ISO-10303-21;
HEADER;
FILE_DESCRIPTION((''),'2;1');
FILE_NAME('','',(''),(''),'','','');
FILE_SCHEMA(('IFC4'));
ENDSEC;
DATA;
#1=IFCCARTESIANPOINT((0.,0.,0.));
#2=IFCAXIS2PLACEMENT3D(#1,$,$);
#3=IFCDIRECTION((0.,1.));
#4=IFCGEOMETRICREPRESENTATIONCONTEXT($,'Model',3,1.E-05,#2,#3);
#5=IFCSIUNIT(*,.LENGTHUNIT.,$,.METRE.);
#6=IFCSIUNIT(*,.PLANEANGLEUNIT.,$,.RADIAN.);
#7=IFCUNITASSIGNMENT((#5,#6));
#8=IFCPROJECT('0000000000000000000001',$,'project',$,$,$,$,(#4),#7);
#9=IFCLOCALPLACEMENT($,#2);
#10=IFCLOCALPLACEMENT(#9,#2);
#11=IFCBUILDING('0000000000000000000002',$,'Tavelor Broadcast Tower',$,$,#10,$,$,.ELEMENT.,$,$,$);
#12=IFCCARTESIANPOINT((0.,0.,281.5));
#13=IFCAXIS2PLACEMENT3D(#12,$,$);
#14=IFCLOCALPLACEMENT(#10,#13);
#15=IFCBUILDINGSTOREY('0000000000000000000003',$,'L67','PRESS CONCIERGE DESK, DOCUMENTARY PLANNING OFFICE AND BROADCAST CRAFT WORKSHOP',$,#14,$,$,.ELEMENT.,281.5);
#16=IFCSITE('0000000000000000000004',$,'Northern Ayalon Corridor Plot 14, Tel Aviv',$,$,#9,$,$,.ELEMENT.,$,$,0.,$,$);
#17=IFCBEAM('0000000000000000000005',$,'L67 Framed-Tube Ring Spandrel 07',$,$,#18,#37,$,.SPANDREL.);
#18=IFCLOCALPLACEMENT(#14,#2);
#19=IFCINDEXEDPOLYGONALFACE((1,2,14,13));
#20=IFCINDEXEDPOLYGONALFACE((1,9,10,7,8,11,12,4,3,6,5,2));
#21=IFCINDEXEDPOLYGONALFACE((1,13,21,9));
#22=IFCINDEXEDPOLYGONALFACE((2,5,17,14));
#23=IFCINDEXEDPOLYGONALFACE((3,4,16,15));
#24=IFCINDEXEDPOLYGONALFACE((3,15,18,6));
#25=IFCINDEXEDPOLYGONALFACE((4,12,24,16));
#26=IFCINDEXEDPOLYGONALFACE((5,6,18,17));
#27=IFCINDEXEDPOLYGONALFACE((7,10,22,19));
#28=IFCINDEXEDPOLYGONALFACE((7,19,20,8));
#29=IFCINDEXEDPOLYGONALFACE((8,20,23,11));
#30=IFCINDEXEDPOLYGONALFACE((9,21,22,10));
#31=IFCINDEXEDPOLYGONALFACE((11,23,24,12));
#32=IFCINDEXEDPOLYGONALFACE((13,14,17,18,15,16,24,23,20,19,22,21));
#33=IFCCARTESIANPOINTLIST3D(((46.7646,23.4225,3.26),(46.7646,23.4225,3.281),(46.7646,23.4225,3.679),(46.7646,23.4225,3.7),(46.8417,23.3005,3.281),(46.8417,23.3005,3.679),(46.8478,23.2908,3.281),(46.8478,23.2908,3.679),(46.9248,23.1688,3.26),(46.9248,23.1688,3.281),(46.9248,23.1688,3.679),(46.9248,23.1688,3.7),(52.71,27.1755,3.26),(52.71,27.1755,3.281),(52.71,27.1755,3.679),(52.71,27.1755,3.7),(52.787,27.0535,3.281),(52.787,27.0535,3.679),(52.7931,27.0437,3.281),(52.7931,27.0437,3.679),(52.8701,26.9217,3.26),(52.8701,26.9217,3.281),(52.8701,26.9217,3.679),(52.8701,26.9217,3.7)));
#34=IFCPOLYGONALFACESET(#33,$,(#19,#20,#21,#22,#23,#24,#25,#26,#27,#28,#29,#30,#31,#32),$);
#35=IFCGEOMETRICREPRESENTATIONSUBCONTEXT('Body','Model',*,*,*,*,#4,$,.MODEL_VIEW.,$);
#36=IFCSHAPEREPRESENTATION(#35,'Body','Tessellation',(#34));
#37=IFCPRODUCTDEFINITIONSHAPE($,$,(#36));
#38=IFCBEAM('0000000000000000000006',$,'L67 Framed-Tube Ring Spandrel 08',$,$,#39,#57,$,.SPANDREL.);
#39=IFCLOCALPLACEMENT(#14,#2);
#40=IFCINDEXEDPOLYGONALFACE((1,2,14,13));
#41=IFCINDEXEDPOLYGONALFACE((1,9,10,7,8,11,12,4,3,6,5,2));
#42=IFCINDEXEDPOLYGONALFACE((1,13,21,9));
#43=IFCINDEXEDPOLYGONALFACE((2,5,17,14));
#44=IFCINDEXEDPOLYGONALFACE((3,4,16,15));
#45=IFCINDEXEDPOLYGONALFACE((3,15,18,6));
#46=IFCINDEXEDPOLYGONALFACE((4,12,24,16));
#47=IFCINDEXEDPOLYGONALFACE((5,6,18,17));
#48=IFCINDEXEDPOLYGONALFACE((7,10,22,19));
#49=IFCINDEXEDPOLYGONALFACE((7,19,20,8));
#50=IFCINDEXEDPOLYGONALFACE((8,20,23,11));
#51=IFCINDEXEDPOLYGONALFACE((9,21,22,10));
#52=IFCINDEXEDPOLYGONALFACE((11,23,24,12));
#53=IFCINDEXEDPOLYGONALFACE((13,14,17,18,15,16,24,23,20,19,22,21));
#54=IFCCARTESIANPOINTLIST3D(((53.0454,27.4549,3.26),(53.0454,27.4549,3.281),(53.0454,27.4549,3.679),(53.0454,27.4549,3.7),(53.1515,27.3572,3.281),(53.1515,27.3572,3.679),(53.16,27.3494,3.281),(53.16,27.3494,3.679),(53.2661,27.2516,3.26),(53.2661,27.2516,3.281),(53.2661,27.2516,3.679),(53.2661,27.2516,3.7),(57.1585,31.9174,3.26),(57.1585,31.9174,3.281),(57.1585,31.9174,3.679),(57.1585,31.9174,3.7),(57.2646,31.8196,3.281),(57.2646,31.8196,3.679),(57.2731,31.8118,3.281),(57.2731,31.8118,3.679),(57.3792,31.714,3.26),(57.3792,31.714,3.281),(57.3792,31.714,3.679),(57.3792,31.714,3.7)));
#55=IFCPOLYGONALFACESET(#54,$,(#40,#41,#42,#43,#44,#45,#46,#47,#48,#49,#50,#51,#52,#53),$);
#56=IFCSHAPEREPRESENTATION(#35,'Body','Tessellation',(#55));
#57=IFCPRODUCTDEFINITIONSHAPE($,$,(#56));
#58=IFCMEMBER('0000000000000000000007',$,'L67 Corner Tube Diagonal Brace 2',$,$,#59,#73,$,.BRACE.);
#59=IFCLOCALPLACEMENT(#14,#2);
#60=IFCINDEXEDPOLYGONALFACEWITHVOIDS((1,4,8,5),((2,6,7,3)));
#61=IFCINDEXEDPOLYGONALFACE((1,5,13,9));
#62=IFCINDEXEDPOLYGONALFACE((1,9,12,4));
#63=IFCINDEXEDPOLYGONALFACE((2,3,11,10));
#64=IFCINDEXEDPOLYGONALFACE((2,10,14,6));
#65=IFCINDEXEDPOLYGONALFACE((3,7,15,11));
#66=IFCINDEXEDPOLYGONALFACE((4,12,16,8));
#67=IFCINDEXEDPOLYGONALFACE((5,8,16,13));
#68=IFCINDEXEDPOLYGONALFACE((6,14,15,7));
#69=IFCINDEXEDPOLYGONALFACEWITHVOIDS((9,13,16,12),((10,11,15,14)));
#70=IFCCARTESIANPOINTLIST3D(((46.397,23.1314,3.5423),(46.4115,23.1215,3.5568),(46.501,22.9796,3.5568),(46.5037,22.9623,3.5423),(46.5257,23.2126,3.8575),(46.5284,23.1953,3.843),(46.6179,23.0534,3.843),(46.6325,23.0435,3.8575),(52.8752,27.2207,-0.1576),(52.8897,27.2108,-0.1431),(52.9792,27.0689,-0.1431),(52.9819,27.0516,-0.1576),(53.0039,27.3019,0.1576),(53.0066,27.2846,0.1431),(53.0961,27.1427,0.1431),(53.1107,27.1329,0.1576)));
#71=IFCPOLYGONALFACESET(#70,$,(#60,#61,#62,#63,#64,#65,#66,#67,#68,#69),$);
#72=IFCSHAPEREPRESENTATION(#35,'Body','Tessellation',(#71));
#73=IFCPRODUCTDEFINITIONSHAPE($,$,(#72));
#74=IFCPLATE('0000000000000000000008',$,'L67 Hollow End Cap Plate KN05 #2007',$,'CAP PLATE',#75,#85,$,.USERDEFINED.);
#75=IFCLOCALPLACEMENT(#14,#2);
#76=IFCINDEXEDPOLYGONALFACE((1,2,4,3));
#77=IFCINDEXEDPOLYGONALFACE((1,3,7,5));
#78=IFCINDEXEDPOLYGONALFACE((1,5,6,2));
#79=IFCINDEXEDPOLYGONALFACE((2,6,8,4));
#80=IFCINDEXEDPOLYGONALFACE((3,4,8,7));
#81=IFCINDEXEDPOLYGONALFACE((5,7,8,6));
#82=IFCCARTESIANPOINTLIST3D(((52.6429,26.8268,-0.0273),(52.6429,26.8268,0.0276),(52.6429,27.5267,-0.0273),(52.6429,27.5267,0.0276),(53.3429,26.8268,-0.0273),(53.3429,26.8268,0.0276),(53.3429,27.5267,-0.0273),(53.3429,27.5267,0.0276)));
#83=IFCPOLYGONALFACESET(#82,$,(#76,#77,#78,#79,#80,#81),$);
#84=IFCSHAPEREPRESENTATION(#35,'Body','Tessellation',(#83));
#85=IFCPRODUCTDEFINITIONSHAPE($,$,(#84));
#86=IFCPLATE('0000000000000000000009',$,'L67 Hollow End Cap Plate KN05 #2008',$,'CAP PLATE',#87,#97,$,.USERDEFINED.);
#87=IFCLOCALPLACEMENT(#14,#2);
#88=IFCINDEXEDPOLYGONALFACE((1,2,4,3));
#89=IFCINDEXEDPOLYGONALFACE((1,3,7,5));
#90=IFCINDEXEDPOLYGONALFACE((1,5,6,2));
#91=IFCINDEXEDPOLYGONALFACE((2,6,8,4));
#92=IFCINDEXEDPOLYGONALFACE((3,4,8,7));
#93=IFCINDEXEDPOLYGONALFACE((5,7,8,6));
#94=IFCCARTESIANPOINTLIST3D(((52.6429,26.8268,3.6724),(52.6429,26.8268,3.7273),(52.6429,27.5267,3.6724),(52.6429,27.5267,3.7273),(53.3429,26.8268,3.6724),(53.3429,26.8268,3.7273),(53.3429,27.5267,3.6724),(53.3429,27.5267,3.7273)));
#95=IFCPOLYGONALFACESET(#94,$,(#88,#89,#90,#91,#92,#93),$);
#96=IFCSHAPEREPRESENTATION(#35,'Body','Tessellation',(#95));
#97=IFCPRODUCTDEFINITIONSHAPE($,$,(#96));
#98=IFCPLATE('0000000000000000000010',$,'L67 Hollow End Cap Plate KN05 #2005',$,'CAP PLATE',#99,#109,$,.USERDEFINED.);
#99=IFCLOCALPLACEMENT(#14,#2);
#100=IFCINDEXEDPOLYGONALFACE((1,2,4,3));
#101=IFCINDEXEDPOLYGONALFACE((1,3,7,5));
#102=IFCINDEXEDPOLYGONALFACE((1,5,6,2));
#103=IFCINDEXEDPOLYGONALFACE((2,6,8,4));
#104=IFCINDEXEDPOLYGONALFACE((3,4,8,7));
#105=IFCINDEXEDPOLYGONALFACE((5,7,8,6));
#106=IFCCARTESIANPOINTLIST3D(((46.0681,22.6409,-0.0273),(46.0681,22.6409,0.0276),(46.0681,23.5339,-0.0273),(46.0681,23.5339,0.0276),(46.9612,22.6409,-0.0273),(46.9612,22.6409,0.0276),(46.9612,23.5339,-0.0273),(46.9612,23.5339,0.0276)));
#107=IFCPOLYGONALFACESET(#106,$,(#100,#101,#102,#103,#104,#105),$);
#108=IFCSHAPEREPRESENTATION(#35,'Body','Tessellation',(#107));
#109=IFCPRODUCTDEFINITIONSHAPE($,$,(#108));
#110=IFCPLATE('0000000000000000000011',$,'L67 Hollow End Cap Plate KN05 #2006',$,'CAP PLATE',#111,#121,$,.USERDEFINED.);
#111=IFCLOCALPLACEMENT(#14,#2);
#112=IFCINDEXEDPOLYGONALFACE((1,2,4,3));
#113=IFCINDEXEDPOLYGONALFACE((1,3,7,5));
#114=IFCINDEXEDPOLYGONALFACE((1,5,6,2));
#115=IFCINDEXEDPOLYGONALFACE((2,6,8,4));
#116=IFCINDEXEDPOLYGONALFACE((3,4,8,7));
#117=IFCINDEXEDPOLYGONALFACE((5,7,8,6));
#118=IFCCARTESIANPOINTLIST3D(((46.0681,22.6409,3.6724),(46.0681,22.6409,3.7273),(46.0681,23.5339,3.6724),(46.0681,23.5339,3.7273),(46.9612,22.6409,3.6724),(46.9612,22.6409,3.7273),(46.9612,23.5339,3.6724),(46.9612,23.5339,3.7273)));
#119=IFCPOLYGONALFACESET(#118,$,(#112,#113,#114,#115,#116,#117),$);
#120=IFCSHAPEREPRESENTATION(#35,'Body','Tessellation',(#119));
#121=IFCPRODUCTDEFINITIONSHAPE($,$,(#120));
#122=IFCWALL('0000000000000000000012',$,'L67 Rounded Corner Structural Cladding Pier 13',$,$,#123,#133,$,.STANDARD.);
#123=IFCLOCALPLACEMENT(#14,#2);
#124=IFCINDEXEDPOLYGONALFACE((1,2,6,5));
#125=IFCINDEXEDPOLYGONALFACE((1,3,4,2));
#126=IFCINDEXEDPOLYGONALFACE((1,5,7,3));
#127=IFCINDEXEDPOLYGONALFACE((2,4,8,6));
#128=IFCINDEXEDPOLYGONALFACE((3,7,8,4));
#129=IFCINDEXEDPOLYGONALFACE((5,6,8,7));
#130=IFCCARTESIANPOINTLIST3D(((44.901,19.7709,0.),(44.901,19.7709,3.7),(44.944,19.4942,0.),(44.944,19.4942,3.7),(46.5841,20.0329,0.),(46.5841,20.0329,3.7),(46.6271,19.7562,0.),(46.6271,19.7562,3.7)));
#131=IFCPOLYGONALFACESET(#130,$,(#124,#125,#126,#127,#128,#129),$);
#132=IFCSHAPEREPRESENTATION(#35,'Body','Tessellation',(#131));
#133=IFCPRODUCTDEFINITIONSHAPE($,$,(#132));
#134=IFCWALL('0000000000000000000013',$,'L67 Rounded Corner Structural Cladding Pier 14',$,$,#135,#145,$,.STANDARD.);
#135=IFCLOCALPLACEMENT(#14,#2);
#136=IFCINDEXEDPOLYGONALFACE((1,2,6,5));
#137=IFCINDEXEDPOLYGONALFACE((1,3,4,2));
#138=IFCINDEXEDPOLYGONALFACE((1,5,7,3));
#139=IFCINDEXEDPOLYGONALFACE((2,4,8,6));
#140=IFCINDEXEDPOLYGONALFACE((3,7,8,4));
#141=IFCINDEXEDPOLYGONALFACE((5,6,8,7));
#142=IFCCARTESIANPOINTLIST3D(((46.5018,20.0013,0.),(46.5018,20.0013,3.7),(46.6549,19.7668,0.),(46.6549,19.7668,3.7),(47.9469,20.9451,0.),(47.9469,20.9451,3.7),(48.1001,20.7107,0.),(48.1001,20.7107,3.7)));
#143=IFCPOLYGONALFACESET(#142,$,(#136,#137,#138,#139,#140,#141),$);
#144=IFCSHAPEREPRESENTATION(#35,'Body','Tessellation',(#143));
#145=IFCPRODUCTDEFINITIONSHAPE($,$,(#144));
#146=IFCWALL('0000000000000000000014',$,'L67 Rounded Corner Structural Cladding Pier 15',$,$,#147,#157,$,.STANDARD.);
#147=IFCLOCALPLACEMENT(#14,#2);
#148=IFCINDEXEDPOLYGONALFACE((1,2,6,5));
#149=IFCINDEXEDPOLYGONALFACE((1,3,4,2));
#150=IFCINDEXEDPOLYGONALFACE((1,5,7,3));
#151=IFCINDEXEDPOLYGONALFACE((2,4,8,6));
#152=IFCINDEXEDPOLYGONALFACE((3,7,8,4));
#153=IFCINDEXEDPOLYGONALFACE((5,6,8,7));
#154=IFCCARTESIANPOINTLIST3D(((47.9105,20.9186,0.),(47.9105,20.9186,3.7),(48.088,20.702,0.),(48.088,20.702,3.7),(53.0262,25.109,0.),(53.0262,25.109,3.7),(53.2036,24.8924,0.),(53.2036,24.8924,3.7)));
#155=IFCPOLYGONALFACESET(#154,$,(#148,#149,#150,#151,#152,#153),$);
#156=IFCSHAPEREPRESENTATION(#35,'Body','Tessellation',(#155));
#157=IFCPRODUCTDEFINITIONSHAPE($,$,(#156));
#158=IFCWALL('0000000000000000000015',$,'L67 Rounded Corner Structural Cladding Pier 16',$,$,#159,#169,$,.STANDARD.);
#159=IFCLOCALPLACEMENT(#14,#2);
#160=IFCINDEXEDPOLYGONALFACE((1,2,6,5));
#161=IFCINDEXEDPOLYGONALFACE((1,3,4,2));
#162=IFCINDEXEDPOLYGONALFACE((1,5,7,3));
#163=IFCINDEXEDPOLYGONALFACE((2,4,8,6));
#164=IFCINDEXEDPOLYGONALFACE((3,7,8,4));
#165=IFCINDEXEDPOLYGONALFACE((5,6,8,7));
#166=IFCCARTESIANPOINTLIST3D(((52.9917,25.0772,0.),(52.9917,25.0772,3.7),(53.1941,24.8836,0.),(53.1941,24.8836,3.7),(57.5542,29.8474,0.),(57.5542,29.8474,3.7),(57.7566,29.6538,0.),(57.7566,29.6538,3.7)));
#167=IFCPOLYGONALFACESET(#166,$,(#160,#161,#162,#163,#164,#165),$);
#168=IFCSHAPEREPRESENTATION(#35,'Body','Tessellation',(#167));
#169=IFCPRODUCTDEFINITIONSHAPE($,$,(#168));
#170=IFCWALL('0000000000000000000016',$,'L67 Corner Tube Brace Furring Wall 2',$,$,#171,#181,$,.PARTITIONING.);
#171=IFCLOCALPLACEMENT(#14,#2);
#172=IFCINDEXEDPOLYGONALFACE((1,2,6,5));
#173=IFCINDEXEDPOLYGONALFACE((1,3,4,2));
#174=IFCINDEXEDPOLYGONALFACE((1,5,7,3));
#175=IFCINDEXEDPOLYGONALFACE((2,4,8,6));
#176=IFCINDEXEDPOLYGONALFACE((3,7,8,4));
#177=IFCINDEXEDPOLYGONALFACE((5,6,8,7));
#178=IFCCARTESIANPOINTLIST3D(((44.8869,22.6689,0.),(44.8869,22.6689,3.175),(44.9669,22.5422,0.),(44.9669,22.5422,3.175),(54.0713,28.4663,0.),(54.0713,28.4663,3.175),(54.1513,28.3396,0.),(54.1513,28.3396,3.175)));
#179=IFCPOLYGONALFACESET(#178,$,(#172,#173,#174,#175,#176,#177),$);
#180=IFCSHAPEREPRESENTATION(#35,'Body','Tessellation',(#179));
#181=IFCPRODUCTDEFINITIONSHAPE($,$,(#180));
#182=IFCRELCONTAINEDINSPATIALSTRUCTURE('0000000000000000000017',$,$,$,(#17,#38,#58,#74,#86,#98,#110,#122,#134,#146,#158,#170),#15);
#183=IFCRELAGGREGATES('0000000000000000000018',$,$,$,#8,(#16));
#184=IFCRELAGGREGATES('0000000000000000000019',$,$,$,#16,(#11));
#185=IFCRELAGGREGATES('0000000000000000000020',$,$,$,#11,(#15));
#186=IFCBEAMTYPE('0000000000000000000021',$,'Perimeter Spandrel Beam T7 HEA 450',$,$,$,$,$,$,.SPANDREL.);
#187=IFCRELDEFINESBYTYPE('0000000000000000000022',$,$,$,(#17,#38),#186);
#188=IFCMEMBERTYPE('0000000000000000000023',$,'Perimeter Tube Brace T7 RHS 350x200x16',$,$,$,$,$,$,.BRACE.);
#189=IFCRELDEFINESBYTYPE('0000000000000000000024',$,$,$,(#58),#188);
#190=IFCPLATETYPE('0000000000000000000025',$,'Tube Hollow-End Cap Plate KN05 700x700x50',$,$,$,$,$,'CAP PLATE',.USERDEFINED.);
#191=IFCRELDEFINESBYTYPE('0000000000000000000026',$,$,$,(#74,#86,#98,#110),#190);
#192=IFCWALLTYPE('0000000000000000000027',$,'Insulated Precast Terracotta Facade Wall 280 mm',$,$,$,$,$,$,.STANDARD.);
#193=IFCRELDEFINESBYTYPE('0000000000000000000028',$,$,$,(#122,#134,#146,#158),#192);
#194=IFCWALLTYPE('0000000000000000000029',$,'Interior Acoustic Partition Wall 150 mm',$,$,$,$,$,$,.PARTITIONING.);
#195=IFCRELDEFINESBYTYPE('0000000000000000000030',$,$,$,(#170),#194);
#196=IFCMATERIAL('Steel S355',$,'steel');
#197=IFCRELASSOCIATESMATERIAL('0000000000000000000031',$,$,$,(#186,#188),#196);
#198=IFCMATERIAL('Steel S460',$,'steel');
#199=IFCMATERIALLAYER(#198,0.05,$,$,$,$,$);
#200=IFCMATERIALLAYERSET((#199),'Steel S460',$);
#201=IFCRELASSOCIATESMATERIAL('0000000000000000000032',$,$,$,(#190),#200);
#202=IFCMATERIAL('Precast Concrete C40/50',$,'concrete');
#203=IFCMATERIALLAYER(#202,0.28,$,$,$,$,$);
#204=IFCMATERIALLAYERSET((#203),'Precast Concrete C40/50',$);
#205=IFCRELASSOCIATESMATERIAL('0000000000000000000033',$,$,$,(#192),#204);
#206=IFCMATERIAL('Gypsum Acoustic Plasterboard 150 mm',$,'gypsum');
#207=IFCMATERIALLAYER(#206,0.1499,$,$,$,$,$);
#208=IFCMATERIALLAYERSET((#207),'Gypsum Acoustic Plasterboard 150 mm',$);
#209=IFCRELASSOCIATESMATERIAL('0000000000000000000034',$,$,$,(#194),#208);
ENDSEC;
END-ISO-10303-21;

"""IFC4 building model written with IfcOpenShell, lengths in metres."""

from ifc_helpers import new_model, si_unit, direction, frame, frame_2d, origin, origin_2d, place, context, subcontext, project, spatial, rectangle, hollow_rectangle, i_section, extrude, source, transform, mapped, material, layer, layer_set, material_profile, profile_set, type_object, type_shapes, element, save


model = new_model("IFC4")

# Units and contexts
model_context = context("Model", 3, precision=1e-05, world=origin(), true_north=direction((0.0, 1.0)))
body_context = subcontext(model_context, "Body", "Model", "MODEL_VIEW")
ifc_project = project(units=[si_unit("LENGTHUNIT", "METRE"), si_unit("PLANEANGLEUNIT", "RADIAN")], contexts=[model_context])

# Site, building, storey
site_placement = place(None, origin())
site = spatial("IfcSite", under=ifc_project, at=site_placement, Name="Northern Ayalon Corridor Plot 14, Tel Aviv", CompositionType="ELEMENT", RefElevation=0.0)
building_placement = place(site_placement, origin())
building = spatial("IfcBuilding", under=site, at=building_placement, Name="Tavelor Broadcast Tower", CompositionType="ELEMENT")
storey_placement = place(building_placement, frame((0.0, 0.0, 281.5)))
storey = spatial("IfcBuildingStorey", under=building, at=storey_placement, Name="L67", Description="PRESS CONCIERGE DESK, DOCUMENTARY PLANNING OFFICE AND BROADCAST CRAFT WORKSHOP", CompositionType="ELEMENT", Elevation=281.5)

# Shared definitions
ifc_material_1 = material(Name="Steel S460", Category="steel")

# Beams
ifc_material_2 = material(Name="Steel S355", Category="steel")
ifc_material_profile_1 = material_profile(ifc_material_2, i_section(OverallWidth=0.3, OverallDepth=0.4399, WebThickness=0.0115, FlangeThickness=0.021, at=origin_2d()), Name="HEA 450")
ifc_profile_set_1 = profile_set([ifc_material_profile_1], Name="Steel S355")
beam_type_1 = type_object("IfcBeamType", Name="Perimeter Spandrel Beam T7 HEA 450", PredefinedType="SPANDREL", material=ifc_profile_set_1)
beam_1_placement = place(storey_placement, frame((46.8447, 23.2957, 3.48), z_axis=(0.845618, 0.533789, 0.0), x_axis=(-0.533789, 0.845618, 0.0)))
element("IfcBeam", 1, at=beam_1_placement, inside=storey, type_object=beam_type_1, Name="L67 Framed-Tube Ring Spandrel 07", PredefinedType="SPANDREL", context=body_context, shape_type="SweptSolid", body=[
    extrude(i_section(OverallWidth=0.3, OverallDepth=0.4399, WebThickness=0.0115, FlangeThickness=0.021, at=origin_2d()), origin(), (0.0, 0.0, 1.0), 7.0308),
])
beam_2_placement = place(storey_placement, frame((53.1558, 27.3533, 3.48), z_axis=(0.677737, 0.735304, 0.0), x_axis=(-0.735304, 0.677737, 0.0)))
element("IfcBeam", 2, at=beam_2_placement, inside=storey, type_object=beam_type_1, Name="L67 Framed-Tube Ring Spandrel 08", PredefinedType="SPANDREL", context=body_context, shape_type="SweptSolid", body=[
    extrude(i_section(OverallWidth=0.3, OverallDepth=0.4399, WebThickness=0.0115, FlangeThickness=0.021, at=origin_2d()), origin(), (0.0, 0.0, 1.0), 6.0688),
])

# Member
ifc_material_profile_2 = material_profile(ifc_material_2, hollow_rectangle(XDim=0.2, YDim=0.3501, WallThickness=0.0161, at=origin_2d()), Name="RHS 350x200x16")
ifc_profile_set_2 = profile_set([ifc_material_profile_2], Name="Steel S355")
member_type = type_object("IfcMemberType", Name="Perimeter Tube Brace T7 RHS 350x200x16", PredefinedType="BRACE", material=ifc_profile_set_2)
member_placement = place(storey_placement, frame((52.9929, 27.1768, 0.0), z_axis=(-0.761462, -0.480667, 0.434896), x_axis=(0.533789, -0.845618, 0.0)))
element("IfcMember", 3, at=member_placement, inside=storey, type_object=member_type, Name="L67 Corner Tube Diagonal Brace 2", PredefinedType="BRACE", context=body_context, shape_type="SweptSolid", body=[
    extrude(hollow_rectangle(XDim=0.2, YDim=0.3501, WallThickness=0.0161, at=origin_2d()), origin(), (0.0, 0.0, 1.0), 8.5076),
])

# Plates
ifc_layer_1 = layer(ifc_material_1, 0.05)
ifc_layer_set_1 = layer_set([ifc_layer_1], Name="Steel S460")
plate_type = type_object("IfcPlateType", Name="Tube Hollow-End Cap Plate KN05 700x700x50", ElementType="CAP PLATE", PredefinedType="USERDEFINED", material=ifc_layer_set_1)
shared_shape_1 = source(origin(), body_context, "Body", "SweptSolid", [
    extrude(rectangle(XDim=0.7, YDim=0.7, at=origin_2d()), origin(), (0.0, 0.0, 1.0), 0.0549),
])
for number, where, z_axis, x_axis, name in (
    (4, (52.9929, 27.1768, -0.0273), (0.0, 0.0, 1.0), (1.0, 0.0, 0.0), "L67 Hollow End Cap Plate KN05 #2007"),
    (5, (52.9929, 27.1768, 3.6724), (0.0, 0.0, 1.0), (1.0, 0.0, 0.0), "L67 Hollow End Cap Plate KN05 #2008"),
):
    element("IfcPlate", number, at=place(storey_placement, frame(where, z_axis=z_axis, x_axis=x_axis)), inside=storey, type_object=plate_type, Name=name, ObjectType="CAP PLATE", PredefinedType="USERDEFINED", context=body_context, shape_type="MappedRepresentation", body=[
        mapped(shared_shape_1, transform((0.0, 0.0, 0.0), scale=1.0)),
    ])
shared_shape_2 = source(origin(), body_context, "Body", "SweptSolid", [
    extrude(rectangle(XDim=0.8931, YDim=0.8931, at=origin_2d()), origin(), (0.0, 0.0, 1.0), 0.0549),
])
type_shapes(plate_type, [shared_shape_1, shared_shape_2])
for number, where, z_axis, x_axis, name in (
    (6, (46.5146, 23.0874, -0.0273), (0.0, 0.0, 1.0), (1.0, 0.0, 0.0), "L67 Hollow End Cap Plate KN05 #2005"),
    (7, (46.5146, 23.0874, 3.6724), (0.0, 0.0, 1.0), (1.0, 0.0, 0.0), "L67 Hollow End Cap Plate KN05 #2006"),
):
    element("IfcPlate", number, at=place(storey_placement, frame(where, z_axis=z_axis, x_axis=x_axis)), inside=storey, type_object=plate_type, Name=name, ObjectType="CAP PLATE", PredefinedType="USERDEFINED", context=body_context, shape_type="MappedRepresentation", body=[
        mapped(shared_shape_2, transform((0.0, 0.0, 0.0), scale=1.0)),
    ])

# Walls
ifc_material_3 = material(Name="Precast Concrete C40/50", Category="concrete")
ifc_layer_2 = layer(ifc_material_3, 0.28)
ifc_layer_set_2 = layer_set([ifc_layer_2], Name="Precast Concrete C40/50")
wall_type_1 = type_object("IfcWallType", Name="Insulated Precast Terracotta Facade Wall 280 mm", PredefinedType="STANDARD", material=ifc_layer_set_2)
wall_1_placement = place(storey_placement, frame((44.9226, 19.6326, 0.0), z_axis=(0.0, 0.0, 1.0), x_axis=(0.988103, 0.153791, 0.0)))
element("IfcWall", 8, at=wall_1_placement, inside=storey, type_object=wall_type_1, Name="L67 Rounded Corner Structural Cladding Pier 13", PredefinedType="STANDARD", context=body_context, shape_type="SweptSolid", body=[
    extrude(rectangle(XDim=1.7034, YDim=0.28, at=frame_2d((0.8516, 0.0))), origin(), (0.0, 0.0, 1.0), 3.7),
])
wall_2_placement = place(storey_placement, frame((46.5784, 19.884, 0.0), z_axis=(0.0, 0.0, 1.0), x_axis=(0.837236, 0.546842, 0.0)))
element("IfcWall", 9, at=wall_2_placement, inside=storey, type_object=wall_type_1, Name="L67 Rounded Corner Structural Cladding Pier 14", PredefinedType="STANDARD", context=body_context, shape_type="SweptSolid", body=[
    extrude(rectangle(XDim=1.7261, YDim=0.28, at=frame_2d((0.863, 0.0))), origin(), (0.0, 0.0, 1.0), 3.7),
])
wall_3_placement = place(storey_placement, frame((47.9993, 20.8103, 0.0), z_axis=(0.0, 0.0, 1.0), x_axis=(0.773599, 0.633676, 0.0)))
element("IfcWall", 10, at=wall_3_placement, inside=storey, type_object=wall_type_1, Name="L67 Rounded Corner Structural Cladding Pier 15", PredefinedType="STANDARD", context=body_context, shape_type="SweptSolid", body=[
    extrude(rectangle(XDim=6.6128, YDim=0.28, at=frame_2d((3.3064, 0.0))), origin(), (0.0, 0.0, 1.0), 3.7),
])
wall_4_placement = place(storey_placement, frame((53.093, 24.9805, 0.0), z_axis=(0.0, 0.0, 1.0), x_axis=(0.691194, 0.722669, 0.0)))
element("IfcWall", 11, at=wall_4_placement, inside=storey, type_object=wall_type_1, Name="L67 Rounded Corner Structural Cladding Pier 16", PredefinedType="STANDARD", context=body_context, shape_type="SweptSolid", body=[
    extrude(rectangle(XDim=6.6008, YDim=0.28, at=frame_2d((3.3003, 0.0))), origin(), (0.0, 0.0, 1.0), 3.7),
])
ifc_material_4 = material(Name="Gypsum Acoustic Plasterboard 150 mm", Category="gypsum")
ifc_layer_3 = layer(ifc_material_4, 0.1499)
ifc_layer_set_3 = layer_set([ifc_layer_3], Name="Gypsum Acoustic Plasterboard 150 mm")
wall_type_2 = type_object("IfcWallType", Name="Interior Acoustic Partition Wall 150 mm", PredefinedType="PARTITIONING", material=ifc_layer_set_3)
wall_5_placement = place(storey_placement, frame((44.9268, 22.6055, 0.0), z_axis=(0.0, 0.0, 1.0), x_axis=(0.845625, 0.533778, 0.0)))
element("IfcWall", 12, at=wall_5_placement, inside=storey, type_object=wall_type_2, Name="L67 Corner Tube Brace Furring Wall 2", PredefinedType="PARTITIONING", context=body_context, shape_type="SweptSolid", body=[
    extrude(rectangle(XDim=10.8611, YDim=0.1499, at=frame_2d((5.4307, 0.0))), origin(), (0.0, 0.0, 1.0), 3.175),
])

save(model, "model.ifc")
